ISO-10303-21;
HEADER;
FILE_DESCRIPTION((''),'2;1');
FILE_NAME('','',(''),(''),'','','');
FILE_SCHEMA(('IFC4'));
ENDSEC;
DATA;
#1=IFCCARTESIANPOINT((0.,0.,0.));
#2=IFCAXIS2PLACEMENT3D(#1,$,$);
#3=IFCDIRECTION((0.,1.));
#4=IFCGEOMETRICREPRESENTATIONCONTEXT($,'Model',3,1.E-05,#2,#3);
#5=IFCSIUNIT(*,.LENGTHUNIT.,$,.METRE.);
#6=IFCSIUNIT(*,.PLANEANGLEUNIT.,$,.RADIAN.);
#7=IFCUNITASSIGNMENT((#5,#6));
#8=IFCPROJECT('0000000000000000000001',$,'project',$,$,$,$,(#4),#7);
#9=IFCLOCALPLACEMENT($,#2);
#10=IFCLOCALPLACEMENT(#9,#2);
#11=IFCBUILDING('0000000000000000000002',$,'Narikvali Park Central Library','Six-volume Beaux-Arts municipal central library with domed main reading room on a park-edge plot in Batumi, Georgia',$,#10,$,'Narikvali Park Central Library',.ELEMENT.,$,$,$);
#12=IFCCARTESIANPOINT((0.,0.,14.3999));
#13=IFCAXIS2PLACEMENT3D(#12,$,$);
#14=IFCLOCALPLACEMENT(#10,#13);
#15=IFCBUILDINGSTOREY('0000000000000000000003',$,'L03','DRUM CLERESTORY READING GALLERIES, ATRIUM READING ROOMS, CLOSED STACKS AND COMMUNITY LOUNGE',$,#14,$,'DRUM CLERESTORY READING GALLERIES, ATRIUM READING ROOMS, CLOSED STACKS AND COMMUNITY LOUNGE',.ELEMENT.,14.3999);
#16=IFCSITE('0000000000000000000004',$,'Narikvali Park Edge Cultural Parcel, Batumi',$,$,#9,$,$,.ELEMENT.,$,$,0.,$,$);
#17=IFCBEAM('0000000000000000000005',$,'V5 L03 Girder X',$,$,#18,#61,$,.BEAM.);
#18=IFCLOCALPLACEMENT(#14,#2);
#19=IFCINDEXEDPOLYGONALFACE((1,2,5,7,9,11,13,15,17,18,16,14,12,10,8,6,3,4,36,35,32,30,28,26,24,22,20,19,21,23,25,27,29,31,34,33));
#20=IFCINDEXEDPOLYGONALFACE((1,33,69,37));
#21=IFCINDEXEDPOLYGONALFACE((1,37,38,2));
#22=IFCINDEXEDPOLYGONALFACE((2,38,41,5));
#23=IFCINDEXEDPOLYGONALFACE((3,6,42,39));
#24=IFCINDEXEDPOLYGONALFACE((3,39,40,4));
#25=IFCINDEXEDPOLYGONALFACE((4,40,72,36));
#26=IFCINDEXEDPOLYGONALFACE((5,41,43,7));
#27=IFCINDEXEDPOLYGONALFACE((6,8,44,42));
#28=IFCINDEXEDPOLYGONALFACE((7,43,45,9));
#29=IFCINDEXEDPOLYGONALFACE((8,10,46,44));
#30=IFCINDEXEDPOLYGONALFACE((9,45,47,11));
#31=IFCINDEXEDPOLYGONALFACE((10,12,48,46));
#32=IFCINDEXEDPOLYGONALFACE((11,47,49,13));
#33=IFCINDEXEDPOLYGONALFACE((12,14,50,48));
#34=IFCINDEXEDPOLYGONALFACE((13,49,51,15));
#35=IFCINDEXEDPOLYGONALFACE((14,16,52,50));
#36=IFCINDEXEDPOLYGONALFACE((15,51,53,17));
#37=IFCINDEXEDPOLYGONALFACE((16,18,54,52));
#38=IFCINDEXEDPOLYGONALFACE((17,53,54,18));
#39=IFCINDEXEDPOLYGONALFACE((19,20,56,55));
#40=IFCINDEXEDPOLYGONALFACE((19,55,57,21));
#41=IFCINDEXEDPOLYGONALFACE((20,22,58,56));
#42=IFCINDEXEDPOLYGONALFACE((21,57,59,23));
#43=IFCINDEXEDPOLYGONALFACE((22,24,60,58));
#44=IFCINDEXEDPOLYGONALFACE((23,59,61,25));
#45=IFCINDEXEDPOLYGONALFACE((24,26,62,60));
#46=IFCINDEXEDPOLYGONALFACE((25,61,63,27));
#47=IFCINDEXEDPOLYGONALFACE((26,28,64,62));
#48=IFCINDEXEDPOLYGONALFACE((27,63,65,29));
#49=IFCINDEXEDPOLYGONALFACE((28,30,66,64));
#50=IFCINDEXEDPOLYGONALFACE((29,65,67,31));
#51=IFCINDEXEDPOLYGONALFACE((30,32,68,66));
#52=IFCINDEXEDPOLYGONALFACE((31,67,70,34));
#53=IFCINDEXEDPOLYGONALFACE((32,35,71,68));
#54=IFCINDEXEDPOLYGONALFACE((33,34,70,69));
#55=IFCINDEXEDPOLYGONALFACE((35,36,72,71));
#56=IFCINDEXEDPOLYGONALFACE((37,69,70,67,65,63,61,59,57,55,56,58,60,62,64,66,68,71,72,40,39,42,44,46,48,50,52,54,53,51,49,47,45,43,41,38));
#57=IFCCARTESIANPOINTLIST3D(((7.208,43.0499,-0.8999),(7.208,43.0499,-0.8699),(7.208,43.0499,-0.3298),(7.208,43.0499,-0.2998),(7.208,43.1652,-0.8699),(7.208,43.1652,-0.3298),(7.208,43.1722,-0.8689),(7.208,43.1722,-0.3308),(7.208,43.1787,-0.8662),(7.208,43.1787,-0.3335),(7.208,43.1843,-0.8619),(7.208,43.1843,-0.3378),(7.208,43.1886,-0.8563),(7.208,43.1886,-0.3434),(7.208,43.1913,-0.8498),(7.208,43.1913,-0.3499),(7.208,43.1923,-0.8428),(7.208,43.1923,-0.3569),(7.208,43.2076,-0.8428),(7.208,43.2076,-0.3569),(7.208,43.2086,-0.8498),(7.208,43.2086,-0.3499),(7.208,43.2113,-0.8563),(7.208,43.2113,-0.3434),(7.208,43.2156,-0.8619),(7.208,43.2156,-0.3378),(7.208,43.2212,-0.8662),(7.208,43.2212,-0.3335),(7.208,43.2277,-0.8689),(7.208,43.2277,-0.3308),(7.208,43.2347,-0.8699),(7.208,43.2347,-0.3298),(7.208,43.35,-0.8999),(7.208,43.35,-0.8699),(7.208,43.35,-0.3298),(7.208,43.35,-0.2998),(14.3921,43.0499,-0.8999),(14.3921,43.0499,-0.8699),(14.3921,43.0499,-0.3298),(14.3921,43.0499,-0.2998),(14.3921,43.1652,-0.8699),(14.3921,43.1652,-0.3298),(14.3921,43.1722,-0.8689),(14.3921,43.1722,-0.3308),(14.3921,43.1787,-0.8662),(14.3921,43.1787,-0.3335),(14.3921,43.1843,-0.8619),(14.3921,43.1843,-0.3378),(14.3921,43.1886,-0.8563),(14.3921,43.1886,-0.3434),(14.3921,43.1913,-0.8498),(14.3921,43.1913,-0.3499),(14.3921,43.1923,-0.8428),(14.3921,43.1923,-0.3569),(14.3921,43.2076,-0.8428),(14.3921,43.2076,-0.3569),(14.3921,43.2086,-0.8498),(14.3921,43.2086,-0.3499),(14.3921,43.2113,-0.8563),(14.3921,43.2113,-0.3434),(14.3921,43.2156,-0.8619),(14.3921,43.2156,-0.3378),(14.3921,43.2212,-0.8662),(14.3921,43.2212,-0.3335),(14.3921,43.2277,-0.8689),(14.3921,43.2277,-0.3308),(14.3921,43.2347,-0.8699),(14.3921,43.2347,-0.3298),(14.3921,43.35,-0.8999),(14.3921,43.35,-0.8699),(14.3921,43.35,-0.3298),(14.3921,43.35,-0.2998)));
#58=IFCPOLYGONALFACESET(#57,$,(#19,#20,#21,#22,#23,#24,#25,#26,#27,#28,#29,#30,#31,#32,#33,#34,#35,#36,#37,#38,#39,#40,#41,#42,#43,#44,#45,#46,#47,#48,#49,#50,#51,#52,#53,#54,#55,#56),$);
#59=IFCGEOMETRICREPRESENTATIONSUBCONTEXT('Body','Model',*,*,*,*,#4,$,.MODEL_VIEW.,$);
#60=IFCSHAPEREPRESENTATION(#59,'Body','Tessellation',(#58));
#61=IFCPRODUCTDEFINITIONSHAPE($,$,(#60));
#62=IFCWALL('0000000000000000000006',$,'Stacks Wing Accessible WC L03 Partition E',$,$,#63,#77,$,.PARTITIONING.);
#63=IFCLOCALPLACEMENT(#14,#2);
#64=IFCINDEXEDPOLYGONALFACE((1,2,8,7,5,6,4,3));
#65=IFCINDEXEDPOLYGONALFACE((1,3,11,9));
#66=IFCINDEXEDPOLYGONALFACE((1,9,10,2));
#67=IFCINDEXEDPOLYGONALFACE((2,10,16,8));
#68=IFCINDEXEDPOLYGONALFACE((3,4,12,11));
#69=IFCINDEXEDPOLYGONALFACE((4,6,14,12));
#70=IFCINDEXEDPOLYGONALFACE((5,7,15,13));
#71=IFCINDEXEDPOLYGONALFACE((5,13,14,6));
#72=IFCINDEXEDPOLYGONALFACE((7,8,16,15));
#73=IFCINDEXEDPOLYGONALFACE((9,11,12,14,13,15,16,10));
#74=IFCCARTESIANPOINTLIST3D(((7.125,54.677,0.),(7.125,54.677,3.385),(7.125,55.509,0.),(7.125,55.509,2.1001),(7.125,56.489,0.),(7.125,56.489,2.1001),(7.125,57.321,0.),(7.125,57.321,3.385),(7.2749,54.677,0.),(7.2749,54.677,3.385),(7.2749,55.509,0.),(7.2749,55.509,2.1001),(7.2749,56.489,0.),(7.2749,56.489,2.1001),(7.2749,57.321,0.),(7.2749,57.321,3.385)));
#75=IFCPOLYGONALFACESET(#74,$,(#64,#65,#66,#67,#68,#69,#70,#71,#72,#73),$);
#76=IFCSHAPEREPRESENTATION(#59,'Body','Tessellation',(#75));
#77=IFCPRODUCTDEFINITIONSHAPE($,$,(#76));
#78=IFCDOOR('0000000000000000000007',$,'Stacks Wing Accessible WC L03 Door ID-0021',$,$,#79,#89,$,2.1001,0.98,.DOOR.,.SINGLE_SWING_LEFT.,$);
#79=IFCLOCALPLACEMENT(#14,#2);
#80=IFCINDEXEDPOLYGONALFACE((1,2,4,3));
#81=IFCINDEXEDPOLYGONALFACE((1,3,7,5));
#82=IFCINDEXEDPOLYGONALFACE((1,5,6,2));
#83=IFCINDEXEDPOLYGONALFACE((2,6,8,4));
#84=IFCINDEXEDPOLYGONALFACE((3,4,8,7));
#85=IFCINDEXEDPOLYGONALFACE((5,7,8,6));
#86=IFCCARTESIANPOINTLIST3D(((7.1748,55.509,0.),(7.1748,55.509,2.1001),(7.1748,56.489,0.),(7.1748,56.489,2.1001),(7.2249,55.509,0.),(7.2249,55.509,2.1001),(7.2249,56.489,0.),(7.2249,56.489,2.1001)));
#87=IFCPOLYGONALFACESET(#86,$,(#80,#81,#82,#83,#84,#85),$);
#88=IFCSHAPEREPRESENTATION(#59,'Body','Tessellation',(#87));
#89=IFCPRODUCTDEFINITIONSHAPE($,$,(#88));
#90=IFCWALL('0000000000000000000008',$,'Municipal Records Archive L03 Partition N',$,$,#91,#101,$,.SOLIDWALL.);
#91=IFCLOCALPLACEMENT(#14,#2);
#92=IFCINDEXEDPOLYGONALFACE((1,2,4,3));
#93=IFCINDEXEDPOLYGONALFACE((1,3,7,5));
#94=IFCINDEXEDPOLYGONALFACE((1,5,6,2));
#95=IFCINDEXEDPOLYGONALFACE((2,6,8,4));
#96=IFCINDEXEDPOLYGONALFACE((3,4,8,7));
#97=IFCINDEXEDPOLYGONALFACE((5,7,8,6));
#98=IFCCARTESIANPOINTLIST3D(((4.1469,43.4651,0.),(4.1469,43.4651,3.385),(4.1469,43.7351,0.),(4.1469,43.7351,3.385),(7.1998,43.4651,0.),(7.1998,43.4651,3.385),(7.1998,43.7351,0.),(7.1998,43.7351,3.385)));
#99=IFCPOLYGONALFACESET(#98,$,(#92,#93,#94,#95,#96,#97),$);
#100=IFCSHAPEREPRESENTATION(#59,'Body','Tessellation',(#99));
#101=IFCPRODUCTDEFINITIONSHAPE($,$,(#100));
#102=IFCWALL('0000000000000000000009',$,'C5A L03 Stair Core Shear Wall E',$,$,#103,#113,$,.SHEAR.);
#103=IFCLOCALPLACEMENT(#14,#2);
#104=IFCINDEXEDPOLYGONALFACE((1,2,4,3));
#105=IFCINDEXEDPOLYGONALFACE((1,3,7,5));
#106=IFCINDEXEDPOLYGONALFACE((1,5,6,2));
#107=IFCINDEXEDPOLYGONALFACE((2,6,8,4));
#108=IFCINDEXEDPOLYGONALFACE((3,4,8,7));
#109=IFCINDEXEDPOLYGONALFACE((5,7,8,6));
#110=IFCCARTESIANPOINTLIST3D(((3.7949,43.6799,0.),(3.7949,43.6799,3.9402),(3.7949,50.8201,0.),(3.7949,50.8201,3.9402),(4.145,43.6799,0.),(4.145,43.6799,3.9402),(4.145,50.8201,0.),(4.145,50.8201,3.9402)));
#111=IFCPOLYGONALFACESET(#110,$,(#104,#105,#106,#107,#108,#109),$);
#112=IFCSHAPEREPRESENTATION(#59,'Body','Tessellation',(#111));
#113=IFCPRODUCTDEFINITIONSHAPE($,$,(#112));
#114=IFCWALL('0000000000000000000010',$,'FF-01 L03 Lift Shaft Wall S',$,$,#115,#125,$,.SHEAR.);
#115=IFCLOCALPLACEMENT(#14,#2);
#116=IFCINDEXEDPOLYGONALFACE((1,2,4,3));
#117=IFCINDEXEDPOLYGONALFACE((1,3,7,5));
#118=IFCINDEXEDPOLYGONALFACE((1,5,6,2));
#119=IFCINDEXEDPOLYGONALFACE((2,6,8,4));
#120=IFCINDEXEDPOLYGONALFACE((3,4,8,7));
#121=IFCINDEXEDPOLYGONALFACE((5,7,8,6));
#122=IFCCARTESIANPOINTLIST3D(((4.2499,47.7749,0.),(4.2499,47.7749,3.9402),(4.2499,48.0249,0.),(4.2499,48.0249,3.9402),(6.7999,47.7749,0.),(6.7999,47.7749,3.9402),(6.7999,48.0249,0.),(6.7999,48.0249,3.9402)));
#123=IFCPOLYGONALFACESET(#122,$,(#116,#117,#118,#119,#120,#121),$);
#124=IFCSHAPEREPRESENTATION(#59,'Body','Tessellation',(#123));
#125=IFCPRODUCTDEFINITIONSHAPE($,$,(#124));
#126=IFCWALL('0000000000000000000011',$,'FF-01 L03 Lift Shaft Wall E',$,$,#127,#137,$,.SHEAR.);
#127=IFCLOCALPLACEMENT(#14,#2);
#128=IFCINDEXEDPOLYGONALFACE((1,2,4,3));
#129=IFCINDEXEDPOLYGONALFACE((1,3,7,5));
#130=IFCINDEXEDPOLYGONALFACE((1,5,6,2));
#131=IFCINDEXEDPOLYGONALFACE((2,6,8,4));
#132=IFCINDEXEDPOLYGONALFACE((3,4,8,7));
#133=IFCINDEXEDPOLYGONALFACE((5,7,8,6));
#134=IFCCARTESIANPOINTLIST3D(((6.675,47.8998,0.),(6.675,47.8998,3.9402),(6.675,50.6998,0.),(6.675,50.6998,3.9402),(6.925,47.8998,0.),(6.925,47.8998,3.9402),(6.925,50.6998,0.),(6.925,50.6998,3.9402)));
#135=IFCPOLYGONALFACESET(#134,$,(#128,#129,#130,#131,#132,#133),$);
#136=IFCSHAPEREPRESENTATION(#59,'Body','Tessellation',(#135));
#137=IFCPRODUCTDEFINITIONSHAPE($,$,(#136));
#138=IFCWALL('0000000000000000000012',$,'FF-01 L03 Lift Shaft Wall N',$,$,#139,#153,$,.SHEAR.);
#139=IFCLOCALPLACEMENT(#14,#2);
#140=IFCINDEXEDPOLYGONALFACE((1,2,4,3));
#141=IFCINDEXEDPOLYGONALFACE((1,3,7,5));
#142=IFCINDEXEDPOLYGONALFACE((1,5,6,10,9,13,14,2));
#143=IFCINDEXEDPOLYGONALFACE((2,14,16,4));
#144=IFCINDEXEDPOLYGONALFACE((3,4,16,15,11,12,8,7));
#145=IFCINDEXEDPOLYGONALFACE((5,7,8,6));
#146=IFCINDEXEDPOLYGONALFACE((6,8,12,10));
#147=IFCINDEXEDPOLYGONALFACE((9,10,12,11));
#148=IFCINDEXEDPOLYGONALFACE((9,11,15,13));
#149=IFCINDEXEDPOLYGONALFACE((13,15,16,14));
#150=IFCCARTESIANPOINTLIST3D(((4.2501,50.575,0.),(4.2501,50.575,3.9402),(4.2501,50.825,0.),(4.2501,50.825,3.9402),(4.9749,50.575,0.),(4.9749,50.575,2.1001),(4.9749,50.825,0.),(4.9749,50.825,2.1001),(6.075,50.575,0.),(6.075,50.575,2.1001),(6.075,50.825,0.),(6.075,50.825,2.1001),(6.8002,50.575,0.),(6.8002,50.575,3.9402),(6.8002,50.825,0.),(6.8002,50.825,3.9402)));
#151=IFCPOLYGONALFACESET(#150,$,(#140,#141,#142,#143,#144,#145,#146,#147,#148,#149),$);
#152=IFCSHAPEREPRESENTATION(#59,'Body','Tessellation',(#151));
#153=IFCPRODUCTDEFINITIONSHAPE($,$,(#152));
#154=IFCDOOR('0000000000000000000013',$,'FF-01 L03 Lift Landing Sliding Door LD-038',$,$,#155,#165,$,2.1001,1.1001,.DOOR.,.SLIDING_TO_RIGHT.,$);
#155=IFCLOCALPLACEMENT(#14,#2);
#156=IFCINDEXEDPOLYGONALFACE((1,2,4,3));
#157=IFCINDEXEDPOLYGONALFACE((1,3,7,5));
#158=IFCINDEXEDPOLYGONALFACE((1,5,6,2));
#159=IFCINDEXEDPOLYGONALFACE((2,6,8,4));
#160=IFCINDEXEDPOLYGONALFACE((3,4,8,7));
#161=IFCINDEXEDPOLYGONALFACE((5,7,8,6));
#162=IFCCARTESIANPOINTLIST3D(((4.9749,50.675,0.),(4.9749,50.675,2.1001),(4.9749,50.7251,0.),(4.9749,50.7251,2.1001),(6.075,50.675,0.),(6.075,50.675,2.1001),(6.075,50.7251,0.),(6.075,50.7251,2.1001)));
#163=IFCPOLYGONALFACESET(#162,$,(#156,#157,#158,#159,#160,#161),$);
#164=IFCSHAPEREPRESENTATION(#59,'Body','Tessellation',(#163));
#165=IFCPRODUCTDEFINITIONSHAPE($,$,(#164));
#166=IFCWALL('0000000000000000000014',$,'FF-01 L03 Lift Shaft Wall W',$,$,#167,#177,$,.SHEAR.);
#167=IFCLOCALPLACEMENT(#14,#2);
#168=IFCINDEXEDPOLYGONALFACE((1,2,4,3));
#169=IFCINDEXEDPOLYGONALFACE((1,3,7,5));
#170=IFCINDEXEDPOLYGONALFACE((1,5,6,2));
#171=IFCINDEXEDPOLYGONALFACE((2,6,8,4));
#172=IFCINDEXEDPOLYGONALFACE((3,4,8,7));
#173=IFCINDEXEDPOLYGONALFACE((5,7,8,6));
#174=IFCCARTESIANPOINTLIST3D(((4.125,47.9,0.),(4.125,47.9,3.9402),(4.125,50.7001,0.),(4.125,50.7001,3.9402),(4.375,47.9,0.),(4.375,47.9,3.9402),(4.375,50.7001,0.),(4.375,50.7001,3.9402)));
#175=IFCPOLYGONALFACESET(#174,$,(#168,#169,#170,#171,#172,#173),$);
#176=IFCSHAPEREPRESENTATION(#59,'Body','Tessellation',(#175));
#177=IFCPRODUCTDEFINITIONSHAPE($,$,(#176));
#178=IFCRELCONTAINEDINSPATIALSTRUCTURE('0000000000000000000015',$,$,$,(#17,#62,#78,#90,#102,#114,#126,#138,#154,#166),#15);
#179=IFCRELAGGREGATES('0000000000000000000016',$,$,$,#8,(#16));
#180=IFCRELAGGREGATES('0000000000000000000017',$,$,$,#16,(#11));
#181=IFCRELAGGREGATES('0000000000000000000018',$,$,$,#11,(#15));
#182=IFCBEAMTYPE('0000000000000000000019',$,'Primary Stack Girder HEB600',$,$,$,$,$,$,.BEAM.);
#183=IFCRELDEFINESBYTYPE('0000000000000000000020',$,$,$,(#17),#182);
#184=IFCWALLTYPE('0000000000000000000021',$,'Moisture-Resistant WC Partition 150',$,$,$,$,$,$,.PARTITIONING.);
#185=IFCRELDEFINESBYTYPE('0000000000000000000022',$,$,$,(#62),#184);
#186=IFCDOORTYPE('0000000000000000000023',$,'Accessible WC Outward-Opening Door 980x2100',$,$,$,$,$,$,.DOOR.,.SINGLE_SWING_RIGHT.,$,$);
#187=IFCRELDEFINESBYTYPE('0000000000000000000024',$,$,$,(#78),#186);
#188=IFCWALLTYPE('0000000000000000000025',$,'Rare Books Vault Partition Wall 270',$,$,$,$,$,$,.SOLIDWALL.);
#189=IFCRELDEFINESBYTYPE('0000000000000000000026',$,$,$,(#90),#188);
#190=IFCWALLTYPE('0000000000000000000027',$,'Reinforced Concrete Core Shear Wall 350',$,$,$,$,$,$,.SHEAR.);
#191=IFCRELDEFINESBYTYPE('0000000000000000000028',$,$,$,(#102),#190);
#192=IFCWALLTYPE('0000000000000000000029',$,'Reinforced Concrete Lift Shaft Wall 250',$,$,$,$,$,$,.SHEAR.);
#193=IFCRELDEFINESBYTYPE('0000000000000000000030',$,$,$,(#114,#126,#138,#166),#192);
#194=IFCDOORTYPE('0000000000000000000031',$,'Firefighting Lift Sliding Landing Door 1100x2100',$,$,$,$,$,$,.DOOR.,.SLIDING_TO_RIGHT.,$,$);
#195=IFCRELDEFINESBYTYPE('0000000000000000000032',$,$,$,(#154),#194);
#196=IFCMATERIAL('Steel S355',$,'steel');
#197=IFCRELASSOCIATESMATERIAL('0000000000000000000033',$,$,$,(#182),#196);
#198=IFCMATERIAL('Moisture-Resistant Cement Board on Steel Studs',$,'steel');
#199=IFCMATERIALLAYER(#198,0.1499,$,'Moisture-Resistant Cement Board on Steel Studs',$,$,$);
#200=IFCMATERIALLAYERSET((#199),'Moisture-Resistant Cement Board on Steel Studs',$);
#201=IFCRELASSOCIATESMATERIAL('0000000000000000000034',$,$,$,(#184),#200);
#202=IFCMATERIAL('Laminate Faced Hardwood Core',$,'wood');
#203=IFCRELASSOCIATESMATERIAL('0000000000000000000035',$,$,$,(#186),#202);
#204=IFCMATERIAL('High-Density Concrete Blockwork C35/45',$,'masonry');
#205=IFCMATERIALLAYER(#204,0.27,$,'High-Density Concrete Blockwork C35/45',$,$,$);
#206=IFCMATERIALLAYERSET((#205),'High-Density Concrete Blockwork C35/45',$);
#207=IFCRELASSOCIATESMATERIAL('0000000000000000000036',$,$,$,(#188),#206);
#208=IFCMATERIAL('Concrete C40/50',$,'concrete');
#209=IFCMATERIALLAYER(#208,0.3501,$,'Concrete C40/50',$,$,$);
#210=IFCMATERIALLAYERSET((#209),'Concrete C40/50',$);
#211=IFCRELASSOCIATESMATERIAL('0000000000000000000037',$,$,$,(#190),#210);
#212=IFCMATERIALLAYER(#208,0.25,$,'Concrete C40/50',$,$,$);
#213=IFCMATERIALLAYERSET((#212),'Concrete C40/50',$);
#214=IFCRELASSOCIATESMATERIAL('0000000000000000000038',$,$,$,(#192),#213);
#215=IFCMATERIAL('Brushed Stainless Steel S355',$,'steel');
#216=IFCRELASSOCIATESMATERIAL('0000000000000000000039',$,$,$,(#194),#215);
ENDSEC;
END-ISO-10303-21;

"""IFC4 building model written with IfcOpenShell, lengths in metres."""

from ifc_helpers import new_model, si_unit, direction, frame, frame_2d, origin, origin_2d, place, context, subcontext, project, spatial, rectangle, i_section, extrude, material, layer, layer_set, material_profile, profile_set, type_object, element, fill, save


model = new_model("IFC4")

# Units and contexts
model_context = context("Model", 3, precision=1e-05, world=origin(), true_north=direction((0.0, 1.0)))
body_context = subcontext(model_context, "Body", "Model", "MODEL_VIEW")
ifc_project = project(units=[si_unit("LENGTHUNIT", "METRE"), si_unit("PLANEANGLEUNIT", "RADIAN")], contexts=[model_context])

# Site, building, storey
site_placement = place(None, origin())
site = spatial("IfcSite", under=ifc_project, at=site_placement, Name="Narikvali Park Edge Cultural Parcel, Batumi", CompositionType="ELEMENT", RefElevation=0.0)
building_placement = place(site_placement, origin())
building = spatial("IfcBuilding", under=site, at=building_placement, Name="Narikvali Park Central Library", Description="Six-volume Beaux-Arts municipal central library with domed main reading room on a park-edge plot in Batumi, Georgia", LongName="Narikvali Park Central Library", CompositionType="ELEMENT")
storey_placement = place(building_placement, frame((0.0, 0.0, 14.3999)))
storey = spatial("IfcBuildingStorey", under=building, at=storey_placement, Name="L03", Description="DRUM CLERESTORY READING GALLERIES, ATRIUM READING ROOMS, CLOSED STACKS AND COMMUNITY LOUNGE", LongName="DRUM CLERESTORY READING GALLERIES, ATRIUM READING ROOMS, CLOSED STACKS AND COMMUNITY LOUNGE", CompositionType="ELEMENT", Elevation=14.3999)

# Shared definitions
ifc_material_1 = material(Name="Steel S355", Category="steel")

# Beam
ifc_material_profile_1 = material_profile(ifc_material_1, i_section(OverallWidth=0.3, OverallDepth=0.6001, WebThickness=0.0154, FlangeThickness=0.03, FilletRadius=0.0271, at=origin_2d()), Name="HEB 600")
ifc_profile_set_1 = profile_set([ifc_material_profile_1], Name="Steel S355")
beam_type_1 = type_object("IfcBeamType", Name="Primary Stack Girder HEB600", PredefinedType="BEAM", material=ifc_profile_set_1)
beam_placement = place(storey_placement, frame((7.208, 43.2, -0.5999), z_axis=(1.0, 0.0, 0.0), x_axis=(0.0, 1.0, 0.0)))
element("IfcBeam", 1, at=beam_placement, inside=storey, type_object=beam_type_1, Name="V5 L03 Girder X", PredefinedType="BEAM", context=body_context, shape_type="SweptSolid", body=[
    extrude(i_section(OverallWidth=0.3, OverallDepth=0.6001, WebThickness=0.0154, FlangeThickness=0.03, FilletRadius=0.0271, at=origin_2d()), origin(), (0.0, 0.0, 1.0), 7.1841),
])

# Wall, opening, door
ifc_material_2 = material(Name="Moisture-Resistant Cement Board on Steel Studs", Category="steel")
ifc_layer_1 = layer(ifc_material_2, 0.1499, Name="Moisture-Resistant Cement Board on Steel Studs")
ifc_layer_set_1 = layer_set([ifc_layer_1], Name="Moisture-Resistant Cement Board on Steel Studs")
wall_type_1 = type_object("IfcWallType", Name="Moisture-Resistant WC Partition 150", PredefinedType="PARTITIONING", material=ifc_layer_set_1)
wall_1_placement = place(storey_placement, frame((7.2, 54.677, 0.0), z_axis=(0.0, 0.0, 1.0), x_axis=(0.0, 1.0, 0.0)))
wall_1 = element("IfcWall", 2, at=wall_1_placement, inside=storey, type_object=wall_type_1, Name="Stacks Wing Accessible WC L03 Partition E", PredefinedType="PARTITIONING", context=body_context, shape_type="SweptSolid", body=[
    extrude(rectangle(XDim=2.644, YDim=0.1499, at=frame_2d((1.322, 0.0))), origin(), (0.0, 0.0, 1.0), 3.385),
])
opening_1_placement = place(wall_1_placement, frame((0.832, 0.0, 0.0)))
opening_1 = element("IfcOpeningElement", 3, at=opening_1_placement, cuts=wall_1, PredefinedType="OPENING", context=body_context, shape_type="SweptSolid", body=[
    extrude(rectangle(XDim=0.98, YDim=2.1001, at=frame_2d((0.49, 1.05))), frame((0.0, 0.0869, 0.0), z_axis=(0.0, -1.0, 0.0), x_axis=(1.0, 0.0, 0.0)), (0.0, 0.0, 1.0), 0.1738),
])
ifc_material_3 = material(Name="Laminate Faced Hardwood Core", Category="wood")
door_type_1 = type_object("IfcDoorType", Name="Accessible WC Outward-Opening Door 980x2100", OperationType="SINGLE_SWING_RIGHT", PredefinedType="DOOR", material=ifc_material_3)
door_1_placement = place(opening_1_placement, frame((0.98, 0.0, 0.0), z_axis=(0.0, 0.0, 1.0), x_axis=(-1.0, 0.0, 0.0)))
door_1 = element("IfcDoor", 4, at=door_1_placement, inside=storey, type_object=door_type_1, Name="Stacks Wing Accessible WC L03 Door ID-0021", OperationType="SINGLE_SWING_LEFT", OverallHeight=2.1001, OverallWidth=0.98, PredefinedType="DOOR", context=body_context, shape_type="SweptSolid", body=[
    extrude(rectangle(XDim=0.98, YDim=2.1001, at=frame_2d((0.49, 1.05))), frame((0.0, 0.0249, 0.0), z_axis=(0.0, -1.0, 0.0), x_axis=(1.0, 0.0, 0.0)), (0.0, 0.0, 1.0), 0.05),
])
fill(opening_1, door_1)

# Walls
ifc_material_4 = material(Name="High-Density Concrete Blockwork C35/45", Category="masonry")
ifc_layer_2 = layer(ifc_material_4, 0.27, Name="High-Density Concrete Blockwork C35/45")
ifc_layer_set_2 = layer_set([ifc_layer_2], Name="High-Density Concrete Blockwork C35/45")
wall_type_2 = type_object("IfcWallType", Name="Rare Books Vault Partition Wall 270", PredefinedType="SOLIDWALL", material=ifc_layer_set_2)
wall_2_placement = place(storey_placement, frame((4.147, 43.6001, 0.0), z_axis=(0.0, 0.0, 1.0), x_axis=(1.0, 0.0, 0.0)))
element("IfcWall", 5, at=wall_2_placement, inside=storey, type_object=wall_type_2, Name="Municipal Records Archive L03 Partition N", PredefinedType="SOLIDWALL", context=body_context, shape_type="SweptSolid", body=[
    extrude(rectangle(XDim=3.053, YDim=0.27, at=frame_2d((1.5264, 0.0))), origin(), (0.0, 0.0, 1.0), 3.385),
])
ifc_material_5 = material(Name="Concrete C40/50", Category="concrete")
ifc_layer_3 = layer(ifc_material_5, 0.3501, Name="Concrete C40/50")
ifc_layer_set_3 = layer_set([ifc_layer_3], Name="Concrete C40/50")
wall_type_3 = type_object("IfcWallType", Name="Reinforced Concrete Core Shear Wall 350", PredefinedType="SHEAR", material=ifc_layer_set_3)
wall_3_placement = place(storey_placement, frame((3.97, 43.6799, 0.0), z_axis=(0.0, 0.0, 1.0), x_axis=(0.0, 1.0, 0.0)))
element("IfcWall", 6, at=wall_3_placement, inside=storey, type_object=wall_type_3, Name="C5A L03 Stair Core Shear Wall E", PredefinedType="SHEAR", context=body_context, shape_type="SweptSolid", body=[
    extrude(rectangle(XDim=7.1401, YDim=0.3501, at=frame_2d((3.5701, 0.0))), origin(), (0.0, 0.0, 1.0), 3.9402),
])

# Walls
ifc_layer_4 = layer(ifc_material_5, 0.25, Name="Concrete C40/50")
ifc_layer_set_4 = layer_set([ifc_layer_4], Name="Concrete C40/50")
wall_type_4 = type_object("IfcWallType", Name="Reinforced Concrete Lift Shaft Wall 250", PredefinedType="SHEAR", material=ifc_layer_set_4)
wall_4_placement = place(storey_placement, frame((4.25, 47.8999, 0.0), z_axis=(0.0, 0.0, 1.0), x_axis=(1.0, 0.0, 0.0)))
element("IfcWall", 7, at=wall_4_placement, inside=storey, type_object=wall_type_4, Name="FF-01 L03 Lift Shaft Wall S", PredefinedType="SHEAR", context=body_context, shape_type="SweptSolid", body=[
    extrude(rectangle(XDim=2.55, YDim=0.25, at=frame_2d((1.2749, 0.0))), origin(), (0.0, 0.0, 1.0), 3.9402),
])
wall_5_placement = place(storey_placement, frame((6.8, 47.8999, 0.0), z_axis=(0.0, 0.0, 1.0), x_axis=(0.0, 1.0, 0.0)))
element("IfcWall", 8, at=wall_5_placement, inside=storey, type_object=wall_type_4, Name="FF-01 L03 Lift Shaft Wall E", PredefinedType="SHEAR", context=body_context, shape_type="SweptSolid", body=[
    extrude(rectangle(XDim=2.8, YDim=0.25, at=frame_2d((1.3999, 0.0))), origin(), (0.0, 0.0, 1.0), 3.9402),
])

# Wall, opening, door
wall_6_placement = place(storey_placement, frame((6.8, 50.7, 0.0), z_axis=(0.0, 0.0, 1.0), x_axis=(-1.0, 0.0, 0.0)))
wall_6 = element("IfcWall", 9, at=wall_6_placement, inside=storey, type_object=wall_type_4, Name="FF-01 L03 Lift Shaft Wall N", PredefinedType="SHEAR", context=body_context, shape_type="SweptSolid", body=[
    extrude(rectangle(XDim=2.55, YDim=0.25, at=frame_2d((1.2749, 0.0))), origin(), (0.0, 0.0, 1.0), 3.9402),
])
opening_2_placement = place(wall_6_placement, frame((0.7251, 0.0, 0.0)))
opening_2 = element("IfcOpeningElement", 10, at=opening_2_placement, cuts=wall_6, PredefinedType="OPENING", context=body_context, shape_type="SweptSolid", body=[
    extrude(rectangle(XDim=1.1001, YDim=2.1001, at=frame_2d((0.55, 1.05))), frame((0.0, 0.137, 0.0), z_axis=(0.0, -1.0, 0.0), x_axis=(1.0, 0.0, 0.0)), (0.0, 0.0, 1.0), 0.2739),
])
ifc_material_6 = material(Name="Brushed Stainless Steel S355", Category="steel")
door_type_2 = type_object("IfcDoorType", Name="Firefighting Lift Sliding Landing Door 1100x2100", OperationType="SLIDING_TO_RIGHT", PredefinedType="DOOR", material=ifc_material_6)
door_2_placement = place(opening_2_placement, origin())
door_2 = element("IfcDoor", 11, at=door_2_placement, inside=storey, type_object=door_type_2, Name="FF-01 L03 Lift Landing Sliding Door LD-038", OperationType="SLIDING_TO_RIGHT", OverallHeight=2.1001, OverallWidth=1.1001, PredefinedType="DOOR", context=body_context, shape_type="SweptSolid", body=[
    extrude(rectangle(XDim=1.1001, YDim=2.1001, at=frame_2d((0.55, 1.05))), frame((0.0, 0.0249, 0.0), z_axis=(0.0, -1.0, 0.0), x_axis=(1.0, 0.0, 0.0)), (0.0, 0.0, 1.0), 0.05),
])
fill(opening_2, door_2)

# Wall
wall_7_placement = place(storey_placement, frame((4.25, 50.7, 0.0), z_axis=(0.0, 0.0, 1.0), x_axis=(0.0, -1.0, 0.0)))
element("IfcWall", 12, at=wall_7_placement, inside=storey, type_object=wall_type_4, Name="FF-01 L03 Lift Shaft Wall W", PredefinedType="SHEAR", context=body_context, shape_type="SweptSolid", body=[
    extrude(rectangle(XDim=2.8, YDim=0.25, at=frame_2d((1.3999, 0.0))), origin(), (0.0, 0.0, 1.0), 3.9402),
])

save(model, "model.ifc")
